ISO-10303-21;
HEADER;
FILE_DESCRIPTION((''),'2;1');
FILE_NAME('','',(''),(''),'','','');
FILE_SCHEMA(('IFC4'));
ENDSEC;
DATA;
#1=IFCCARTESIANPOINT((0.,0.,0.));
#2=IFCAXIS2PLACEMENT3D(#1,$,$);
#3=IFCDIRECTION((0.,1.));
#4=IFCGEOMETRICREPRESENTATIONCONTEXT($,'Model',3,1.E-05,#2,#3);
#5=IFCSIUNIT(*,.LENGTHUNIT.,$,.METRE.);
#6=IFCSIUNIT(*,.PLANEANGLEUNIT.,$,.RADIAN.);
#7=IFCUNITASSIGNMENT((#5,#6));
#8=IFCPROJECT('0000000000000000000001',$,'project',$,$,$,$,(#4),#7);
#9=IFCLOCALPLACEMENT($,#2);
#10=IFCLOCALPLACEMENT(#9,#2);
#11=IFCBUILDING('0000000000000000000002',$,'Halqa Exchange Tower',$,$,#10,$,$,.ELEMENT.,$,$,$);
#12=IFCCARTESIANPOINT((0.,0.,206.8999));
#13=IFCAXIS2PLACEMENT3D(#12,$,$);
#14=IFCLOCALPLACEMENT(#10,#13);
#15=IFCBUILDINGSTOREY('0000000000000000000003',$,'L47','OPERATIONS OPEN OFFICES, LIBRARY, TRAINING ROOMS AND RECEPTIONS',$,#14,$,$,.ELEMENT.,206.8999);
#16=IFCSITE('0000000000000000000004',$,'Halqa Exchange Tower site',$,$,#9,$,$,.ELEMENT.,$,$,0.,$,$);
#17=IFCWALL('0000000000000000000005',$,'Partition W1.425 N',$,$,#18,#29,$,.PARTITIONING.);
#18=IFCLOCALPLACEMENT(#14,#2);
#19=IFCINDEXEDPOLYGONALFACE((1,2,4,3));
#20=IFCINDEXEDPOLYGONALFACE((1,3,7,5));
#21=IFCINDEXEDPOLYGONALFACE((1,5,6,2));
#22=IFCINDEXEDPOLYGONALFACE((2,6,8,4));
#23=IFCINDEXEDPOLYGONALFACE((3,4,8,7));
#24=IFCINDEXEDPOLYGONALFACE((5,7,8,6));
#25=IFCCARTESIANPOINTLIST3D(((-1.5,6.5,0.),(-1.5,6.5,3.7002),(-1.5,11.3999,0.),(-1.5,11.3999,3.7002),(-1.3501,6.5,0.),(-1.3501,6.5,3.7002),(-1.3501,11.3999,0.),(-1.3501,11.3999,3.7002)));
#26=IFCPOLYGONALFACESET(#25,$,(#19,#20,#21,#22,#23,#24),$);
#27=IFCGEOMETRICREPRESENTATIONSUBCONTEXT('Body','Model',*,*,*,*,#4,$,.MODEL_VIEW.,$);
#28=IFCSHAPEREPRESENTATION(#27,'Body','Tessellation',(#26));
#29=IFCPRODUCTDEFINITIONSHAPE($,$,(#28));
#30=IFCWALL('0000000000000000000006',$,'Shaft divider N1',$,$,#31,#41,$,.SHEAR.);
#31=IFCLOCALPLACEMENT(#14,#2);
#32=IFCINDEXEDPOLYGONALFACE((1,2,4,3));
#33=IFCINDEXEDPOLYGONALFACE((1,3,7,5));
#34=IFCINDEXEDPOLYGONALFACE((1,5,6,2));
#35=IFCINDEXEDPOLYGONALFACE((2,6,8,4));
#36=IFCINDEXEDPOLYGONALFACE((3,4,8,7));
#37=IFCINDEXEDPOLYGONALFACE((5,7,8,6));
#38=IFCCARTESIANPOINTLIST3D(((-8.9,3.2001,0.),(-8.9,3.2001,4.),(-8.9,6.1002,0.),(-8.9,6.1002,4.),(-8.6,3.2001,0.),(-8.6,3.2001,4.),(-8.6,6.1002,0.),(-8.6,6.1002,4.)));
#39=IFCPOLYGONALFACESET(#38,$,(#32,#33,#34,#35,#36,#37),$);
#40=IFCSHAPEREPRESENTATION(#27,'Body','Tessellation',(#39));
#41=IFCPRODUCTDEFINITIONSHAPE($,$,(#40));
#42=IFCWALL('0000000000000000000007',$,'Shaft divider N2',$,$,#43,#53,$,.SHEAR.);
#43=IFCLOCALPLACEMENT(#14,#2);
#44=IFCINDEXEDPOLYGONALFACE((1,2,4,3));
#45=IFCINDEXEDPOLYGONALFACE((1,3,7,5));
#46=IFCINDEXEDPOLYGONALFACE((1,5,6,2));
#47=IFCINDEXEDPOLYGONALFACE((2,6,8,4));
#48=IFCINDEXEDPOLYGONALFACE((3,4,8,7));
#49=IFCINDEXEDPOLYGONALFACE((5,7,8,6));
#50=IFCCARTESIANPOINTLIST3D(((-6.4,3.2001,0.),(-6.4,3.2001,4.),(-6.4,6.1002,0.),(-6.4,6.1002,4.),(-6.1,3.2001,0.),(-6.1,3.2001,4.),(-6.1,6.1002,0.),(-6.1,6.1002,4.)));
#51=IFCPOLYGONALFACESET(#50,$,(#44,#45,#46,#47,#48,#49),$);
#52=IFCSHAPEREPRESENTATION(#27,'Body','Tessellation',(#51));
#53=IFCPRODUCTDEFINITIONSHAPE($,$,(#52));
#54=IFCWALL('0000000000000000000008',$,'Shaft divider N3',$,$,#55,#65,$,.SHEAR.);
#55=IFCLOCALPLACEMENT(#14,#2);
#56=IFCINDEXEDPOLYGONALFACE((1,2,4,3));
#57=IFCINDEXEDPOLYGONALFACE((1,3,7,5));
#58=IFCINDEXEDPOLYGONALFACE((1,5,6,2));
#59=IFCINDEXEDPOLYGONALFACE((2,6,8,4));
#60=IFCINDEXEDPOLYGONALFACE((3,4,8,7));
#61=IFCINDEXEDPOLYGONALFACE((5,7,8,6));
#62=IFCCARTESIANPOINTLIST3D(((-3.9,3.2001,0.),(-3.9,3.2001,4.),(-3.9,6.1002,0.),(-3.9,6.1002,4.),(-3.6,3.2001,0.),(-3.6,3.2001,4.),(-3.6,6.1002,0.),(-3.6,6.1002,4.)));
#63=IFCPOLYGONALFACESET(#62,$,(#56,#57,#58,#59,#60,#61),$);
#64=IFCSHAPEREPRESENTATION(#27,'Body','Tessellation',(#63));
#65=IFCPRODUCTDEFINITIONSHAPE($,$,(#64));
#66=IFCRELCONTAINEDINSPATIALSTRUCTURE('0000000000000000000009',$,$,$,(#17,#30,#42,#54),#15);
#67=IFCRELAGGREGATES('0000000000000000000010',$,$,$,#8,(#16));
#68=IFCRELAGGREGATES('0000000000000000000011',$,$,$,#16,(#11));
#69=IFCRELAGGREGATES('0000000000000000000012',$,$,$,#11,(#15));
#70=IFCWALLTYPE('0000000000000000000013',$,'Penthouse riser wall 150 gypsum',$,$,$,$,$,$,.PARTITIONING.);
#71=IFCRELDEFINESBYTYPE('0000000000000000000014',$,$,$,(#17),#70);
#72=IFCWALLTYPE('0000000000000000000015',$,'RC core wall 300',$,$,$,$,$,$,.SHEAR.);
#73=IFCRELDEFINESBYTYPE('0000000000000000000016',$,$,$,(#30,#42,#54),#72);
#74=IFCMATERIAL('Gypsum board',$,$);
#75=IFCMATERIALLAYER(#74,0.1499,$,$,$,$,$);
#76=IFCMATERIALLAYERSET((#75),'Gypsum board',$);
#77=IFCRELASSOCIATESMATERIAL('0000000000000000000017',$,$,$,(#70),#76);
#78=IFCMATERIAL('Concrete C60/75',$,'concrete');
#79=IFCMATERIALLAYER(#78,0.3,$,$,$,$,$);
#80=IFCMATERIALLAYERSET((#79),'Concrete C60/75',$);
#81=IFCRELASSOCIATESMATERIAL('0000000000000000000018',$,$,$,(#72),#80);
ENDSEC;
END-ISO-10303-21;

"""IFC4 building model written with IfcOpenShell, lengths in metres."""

from ifc_helpers import new_model, si_unit, direction, frame, frame_2d, origin, place, context, subcontext, project, spatial, rectangle, extrude, material, layer, layer_set, type_object, element, save


model = new_model("IFC4")

# Units and contexts
model_context = context("Model", 3, precision=1e-05, world=origin(), true_north=direction((0.0, 1.0)))
body_context = subcontext(model_context, "Body", "Model", "MODEL_VIEW")
ifc_project = project(units=[si_unit("LENGTHUNIT", "METRE"), si_unit("PLANEANGLEUNIT", "RADIAN")], contexts=[model_context])

# Site, building, storey
site_placement = place(None, origin())
site = spatial("IfcSite", under=ifc_project, at=site_placement, Name="Halqa Exchange Tower site", CompositionType="ELEMENT", RefElevation=0.0)
building_placement = place(site_placement, origin())
building = spatial("IfcBuilding", under=site, at=building_placement, Name="Halqa Exchange Tower", CompositionType="ELEMENT")
storey_placement = place(building_placement, frame((0.0, 0.0, 206.8999)))
storey = spatial("IfcBuildingStorey", under=building, at=storey_placement, Name="L47", Description="OPERATIONS OPEN OFFICES, LIBRARY, TRAINING ROOMS AND RECEPTIONS", CompositionType="ELEMENT", Elevation=206.8999)

# Walls
ifc_material_1 = material(Name="Gypsum board")
ifc_layer_1 = layer(ifc_material_1, 0.1499)
ifc_layer_set_1 = layer_set([ifc_layer_1], Name="Gypsum board")
wall_type_1 = type_object("IfcWallType", Name="Penthouse riser wall 150 gypsum", PredefinedType="PARTITIONING", material=ifc_layer_set_1)
wall_1_placement = place(storey_placement, frame((-1.425, 6.5, 0.0), z_axis=(0.0, 0.0, 1.0), x_axis=(0.0, 1.0, 0.0)))
element("IfcWall", 1, at=wall_1_placement, inside=storey, type_object=wall_type_1, Name="Partition W1.425 N", PredefinedType="PARTITIONING", context=body_context, shape_type="SweptSolid", body=[
    extrude(rectangle(XDim=4.8999, YDim=0.1499, at=frame_2d((2.45, 0.0))), origin(), (0.0, 0.0, 1.0), 3.7002),
])
ifc_material_2 = material(Name="Concrete C60/75", Category="concrete")
ifc_layer_2 = layer(ifc_material_2, 0.3)
ifc_layer_set_2 = layer_set([ifc_layer_2], Name="Concrete C60/75")
wall_type_2 = type_object("IfcWallType", Name="RC core wall 300", PredefinedType="SHEAR", material=ifc_layer_set_2)
for number, where, z_axis, x_axis, name in (
    (2, (-8.75, 3.2, 0.0), (0.0, 0.0, 1.0), (0.0, 1.0, 0.0), "Shaft divider N1"),
    (3, (-6.25, 3.2, 0.0), (0.0, 0.0, 1.0), (0.0, 1.0, 0.0), "Shaft divider N2"),
    (4, (-3.75, 3.2, 0.0), (0.0, 0.0, 1.0), (0.0, 1.0, 0.0), "Shaft divider N3"),
):
    element("IfcWall", number, at=place(storey_placement, frame(where, z_axis=z_axis, x_axis=x_axis)), inside=storey, type_object=wall_type_2, Name=name, PredefinedType="SHEAR", context=body_context, shape_type="SweptSolid", body=[
        extrude(rectangle(XDim=2.9001, YDim=0.3, at=frame_2d((1.4502, 0.0))), origin(), (0.0, 0.0, 1.0), 4.0),
    ])

save(model, "model.ifc")
